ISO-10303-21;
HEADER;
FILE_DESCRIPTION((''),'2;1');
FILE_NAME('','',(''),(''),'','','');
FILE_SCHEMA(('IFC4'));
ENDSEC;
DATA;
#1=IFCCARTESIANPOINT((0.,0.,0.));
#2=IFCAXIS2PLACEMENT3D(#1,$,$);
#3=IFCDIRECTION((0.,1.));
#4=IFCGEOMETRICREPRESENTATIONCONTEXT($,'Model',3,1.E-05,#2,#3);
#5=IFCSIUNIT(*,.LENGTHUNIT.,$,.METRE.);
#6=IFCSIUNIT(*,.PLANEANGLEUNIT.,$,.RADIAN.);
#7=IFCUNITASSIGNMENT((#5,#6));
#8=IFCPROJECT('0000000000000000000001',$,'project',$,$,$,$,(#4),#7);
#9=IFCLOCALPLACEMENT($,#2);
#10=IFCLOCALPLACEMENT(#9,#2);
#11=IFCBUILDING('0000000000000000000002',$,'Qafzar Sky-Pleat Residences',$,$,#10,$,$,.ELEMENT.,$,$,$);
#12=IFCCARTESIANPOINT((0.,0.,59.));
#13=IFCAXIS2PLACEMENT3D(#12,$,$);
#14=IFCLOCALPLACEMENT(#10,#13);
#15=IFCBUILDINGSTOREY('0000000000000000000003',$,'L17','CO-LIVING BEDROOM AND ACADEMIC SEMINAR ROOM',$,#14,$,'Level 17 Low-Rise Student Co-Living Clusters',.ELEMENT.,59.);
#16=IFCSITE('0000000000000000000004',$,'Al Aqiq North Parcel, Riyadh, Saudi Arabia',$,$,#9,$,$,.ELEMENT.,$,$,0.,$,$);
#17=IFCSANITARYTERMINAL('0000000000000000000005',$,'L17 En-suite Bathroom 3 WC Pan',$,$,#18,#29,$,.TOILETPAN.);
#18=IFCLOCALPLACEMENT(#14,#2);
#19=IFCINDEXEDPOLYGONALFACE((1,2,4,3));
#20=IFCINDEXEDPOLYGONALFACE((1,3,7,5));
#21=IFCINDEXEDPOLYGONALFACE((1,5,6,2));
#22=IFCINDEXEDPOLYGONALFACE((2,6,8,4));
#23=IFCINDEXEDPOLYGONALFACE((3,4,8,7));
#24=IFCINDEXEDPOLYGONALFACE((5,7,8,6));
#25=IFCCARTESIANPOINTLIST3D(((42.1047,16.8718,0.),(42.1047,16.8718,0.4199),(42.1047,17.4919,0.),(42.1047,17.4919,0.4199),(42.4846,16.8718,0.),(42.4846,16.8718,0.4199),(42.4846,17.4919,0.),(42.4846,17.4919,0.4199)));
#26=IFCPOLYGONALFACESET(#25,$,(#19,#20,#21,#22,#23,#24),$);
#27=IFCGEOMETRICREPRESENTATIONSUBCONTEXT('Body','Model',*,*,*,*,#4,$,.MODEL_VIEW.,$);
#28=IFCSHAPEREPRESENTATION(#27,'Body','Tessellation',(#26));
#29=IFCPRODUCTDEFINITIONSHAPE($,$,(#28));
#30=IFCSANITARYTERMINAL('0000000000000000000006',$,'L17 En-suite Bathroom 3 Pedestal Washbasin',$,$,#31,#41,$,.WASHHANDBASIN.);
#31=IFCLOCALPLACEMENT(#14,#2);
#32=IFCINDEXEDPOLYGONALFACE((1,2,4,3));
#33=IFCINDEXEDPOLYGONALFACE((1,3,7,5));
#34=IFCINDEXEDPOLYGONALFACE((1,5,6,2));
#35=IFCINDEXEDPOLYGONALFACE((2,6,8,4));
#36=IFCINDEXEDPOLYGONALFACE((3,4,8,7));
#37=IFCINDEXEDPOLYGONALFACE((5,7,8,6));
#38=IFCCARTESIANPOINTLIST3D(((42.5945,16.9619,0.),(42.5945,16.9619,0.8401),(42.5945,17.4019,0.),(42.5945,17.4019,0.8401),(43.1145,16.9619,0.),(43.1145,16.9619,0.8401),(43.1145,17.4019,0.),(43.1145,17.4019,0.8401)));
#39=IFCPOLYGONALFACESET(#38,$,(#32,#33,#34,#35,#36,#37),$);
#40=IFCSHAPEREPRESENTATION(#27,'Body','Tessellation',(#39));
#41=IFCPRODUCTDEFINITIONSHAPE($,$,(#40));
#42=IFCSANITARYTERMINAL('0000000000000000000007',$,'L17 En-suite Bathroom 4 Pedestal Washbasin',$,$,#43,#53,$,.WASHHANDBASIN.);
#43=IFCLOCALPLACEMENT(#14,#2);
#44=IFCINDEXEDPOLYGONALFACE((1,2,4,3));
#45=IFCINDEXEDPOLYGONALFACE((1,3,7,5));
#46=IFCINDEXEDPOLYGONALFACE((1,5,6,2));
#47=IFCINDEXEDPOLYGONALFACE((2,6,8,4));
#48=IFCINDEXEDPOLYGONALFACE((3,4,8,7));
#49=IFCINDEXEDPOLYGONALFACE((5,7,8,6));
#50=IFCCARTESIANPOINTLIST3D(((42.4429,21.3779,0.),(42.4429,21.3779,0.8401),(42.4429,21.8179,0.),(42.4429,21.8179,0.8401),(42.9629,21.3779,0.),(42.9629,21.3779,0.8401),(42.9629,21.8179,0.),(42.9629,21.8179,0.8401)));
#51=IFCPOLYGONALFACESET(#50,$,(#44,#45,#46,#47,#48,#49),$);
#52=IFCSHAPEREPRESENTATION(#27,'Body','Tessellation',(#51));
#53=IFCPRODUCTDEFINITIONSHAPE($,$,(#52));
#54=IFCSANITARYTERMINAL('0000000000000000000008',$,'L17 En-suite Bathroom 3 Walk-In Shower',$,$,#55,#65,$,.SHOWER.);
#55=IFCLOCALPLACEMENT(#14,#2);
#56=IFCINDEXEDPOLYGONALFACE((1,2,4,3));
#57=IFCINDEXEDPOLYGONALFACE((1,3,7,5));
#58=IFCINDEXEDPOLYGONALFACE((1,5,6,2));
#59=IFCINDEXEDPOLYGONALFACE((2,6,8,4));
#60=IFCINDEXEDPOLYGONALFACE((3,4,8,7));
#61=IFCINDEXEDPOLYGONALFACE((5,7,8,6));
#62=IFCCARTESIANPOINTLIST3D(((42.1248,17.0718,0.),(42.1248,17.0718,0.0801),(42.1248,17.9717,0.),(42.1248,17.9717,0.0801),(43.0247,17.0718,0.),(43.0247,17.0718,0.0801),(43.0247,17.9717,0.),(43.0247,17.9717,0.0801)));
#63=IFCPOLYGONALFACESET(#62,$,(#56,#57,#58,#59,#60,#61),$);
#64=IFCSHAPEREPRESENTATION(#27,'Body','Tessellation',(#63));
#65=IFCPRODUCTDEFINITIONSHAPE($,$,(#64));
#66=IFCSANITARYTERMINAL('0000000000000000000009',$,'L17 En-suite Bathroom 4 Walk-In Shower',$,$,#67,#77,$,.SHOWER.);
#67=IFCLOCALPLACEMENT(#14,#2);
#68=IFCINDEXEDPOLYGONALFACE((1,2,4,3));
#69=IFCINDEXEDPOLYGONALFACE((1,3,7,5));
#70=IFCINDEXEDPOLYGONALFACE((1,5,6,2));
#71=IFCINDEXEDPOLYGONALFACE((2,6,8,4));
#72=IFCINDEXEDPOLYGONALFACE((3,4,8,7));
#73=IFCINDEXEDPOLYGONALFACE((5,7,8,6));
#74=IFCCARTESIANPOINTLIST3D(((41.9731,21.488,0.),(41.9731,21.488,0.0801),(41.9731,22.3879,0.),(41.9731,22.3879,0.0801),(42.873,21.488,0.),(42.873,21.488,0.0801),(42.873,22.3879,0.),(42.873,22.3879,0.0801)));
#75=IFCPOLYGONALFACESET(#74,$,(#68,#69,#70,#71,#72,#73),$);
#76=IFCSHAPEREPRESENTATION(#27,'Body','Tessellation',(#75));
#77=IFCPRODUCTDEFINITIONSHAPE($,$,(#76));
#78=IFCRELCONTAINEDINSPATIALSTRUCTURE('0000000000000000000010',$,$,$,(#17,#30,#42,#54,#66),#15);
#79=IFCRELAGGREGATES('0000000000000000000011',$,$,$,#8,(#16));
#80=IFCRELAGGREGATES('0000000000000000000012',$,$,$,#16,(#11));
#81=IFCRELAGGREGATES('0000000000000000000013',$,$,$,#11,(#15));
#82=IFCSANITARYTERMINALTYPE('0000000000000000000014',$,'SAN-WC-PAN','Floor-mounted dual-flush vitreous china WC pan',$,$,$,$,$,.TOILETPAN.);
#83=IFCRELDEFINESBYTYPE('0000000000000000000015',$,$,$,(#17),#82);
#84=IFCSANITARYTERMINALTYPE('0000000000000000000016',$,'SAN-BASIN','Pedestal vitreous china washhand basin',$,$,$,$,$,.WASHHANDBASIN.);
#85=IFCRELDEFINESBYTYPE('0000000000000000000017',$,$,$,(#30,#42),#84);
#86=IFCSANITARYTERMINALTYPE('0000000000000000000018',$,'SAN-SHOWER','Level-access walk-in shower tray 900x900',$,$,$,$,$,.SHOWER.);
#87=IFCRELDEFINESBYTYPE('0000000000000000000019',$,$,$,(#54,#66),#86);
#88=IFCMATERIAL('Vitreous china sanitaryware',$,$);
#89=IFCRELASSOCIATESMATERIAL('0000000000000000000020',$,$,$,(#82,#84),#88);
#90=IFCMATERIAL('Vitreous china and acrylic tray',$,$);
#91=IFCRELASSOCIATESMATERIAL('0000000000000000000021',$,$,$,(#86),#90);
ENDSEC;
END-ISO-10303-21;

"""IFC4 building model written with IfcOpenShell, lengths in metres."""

from ifc_helpers import new_model, si_unit, direction, frame, origin, origin_2d, place, context, subcontext, project, spatial, rectangle, extrude, source, transform, mapped, material, type_object, element, save


model = new_model("IFC4")

# Units and contexts
model_context = context("Model", 3, precision=1e-05, world=origin(), true_north=direction((0.0, 1.0)))
body_context = subcontext(model_context, "Body", "Model", "MODEL_VIEW")
ifc_project = project(units=[si_unit("LENGTHUNIT", "METRE"), si_unit("PLANEANGLEUNIT", "RADIAN")], contexts=[model_context])

# Site, building, storey
site_placement = place(None, origin())
site = spatial("IfcSite", under=ifc_project, at=site_placement, Name="Al Aqiq North Parcel, Riyadh, Saudi Arabia", CompositionType="ELEMENT", RefElevation=0.0)
building_placement = place(site_placement, origin())
building = spatial("IfcBuilding", under=site, at=building_placement, Name="Qafzar Sky-Pleat Residences", CompositionType="ELEMENT")
storey_placement = place(building_placement, frame((0.0, 0.0, 59.0)))
storey = spatial("IfcBuildingStorey", under=building, at=storey_placement, Name="L17", Description="CO-LIVING BEDROOM AND ACADEMIC SEMINAR ROOM", LongName="Level 17 Low-Rise Student Co-Living Clusters", CompositionType="ELEMENT", Elevation=59.0)

# Sanitary terminals
ifc_material_1 = material(Name="Vitreous china sanitaryware")
sanitary_terminal_type_1 = type_object("IfcSanitaryTerminalType", Name="SAN-WC-PAN", Description="Floor-mounted dual-flush vitreous china WC pan", PredefinedType="TOILETPAN", material=ifc_material_1)
shared_shape_1 = source(origin(), body_context, "Body", "SweptSolid", [
    extrude(rectangle(XDim=0.3799, YDim=0.6201, at=origin_2d()), origin(), (0.0, 0.0, 1.0), 0.4199),
])
sanitary_terminal_placement = place(storey_placement, frame((42.2947, 17.1819, 0.0), z_axis=(0.0, 0.0, 1.0), x_axis=(1.0, 0.0, 0.0)))
element("IfcSanitaryTerminal", 1, at=sanitary_terminal_placement, inside=storey, type_object=sanitary_terminal_type_1, Name="L17 En-suite Bathroom 3 WC Pan", PredefinedType="TOILETPAN", context=body_context, shape_type="MappedRepresentation", body=[
    mapped(shared_shape_1, transform((0.0, 0.0, 0.0), x_axis=(1.0, 0.0, 0.0), y_axis=(0.0, 1.0, 0.0), z_axis=(0.0, 0.0, 1.0), scale=1.0)),
])
sanitary_terminal_type_2 = type_object("IfcSanitaryTerminalType", Name="SAN-BASIN", Description="Pedestal vitreous china washhand basin", PredefinedType="WASHHANDBASIN", material=ifc_material_1)
shared_shape_2 = source(origin(), body_context, "Body", "SweptSolid", [
    extrude(rectangle(XDim=0.52, YDim=0.4399, at=origin_2d()), origin(), (0.0, 0.0, 1.0), 0.8401),
])
for number, where, z_axis, x_axis, name in (
    (2, (42.8545, 17.1819, 0.0), (0.0, 0.0, 1.0), (1.0, 0.0, 0.0), "L17 En-suite Bathroom 3 Pedestal Washbasin"),
    (3, (42.7029, 21.5979, 0.0), (0.0, 0.0, 1.0), (1.0, 0.0, 0.0), "L17 En-suite Bathroom 4 Pedestal Washbasin"),
):
    element("IfcSanitaryTerminal", number, at=place(storey_placement, frame(where, z_axis=z_axis, x_axis=x_axis)), inside=storey, type_object=sanitary_terminal_type_2, Name=name, PredefinedType="WASHHANDBASIN", context=body_context, shape_type="MappedRepresentation", body=[
        mapped(shared_shape_2, transform((0.0, 0.0, 0.0), x_axis=(1.0, 0.0, 0.0), y_axis=(0.0, 1.0, 0.0), z_axis=(0.0, 0.0, 1.0), scale=1.0)),
    ])
ifc_material_2 = material(Name="Vitreous china and acrylic tray")
sanitary_terminal_type_3 = type_object("IfcSanitaryTerminalType", Name="SAN-SHOWER", Description="Level-access walk-in shower tray 900x900", PredefinedType="SHOWER", material=ifc_material_2)
shared_shape_3 = source(origin(), body_context, "Body", "SweptSolid", [
    extrude(rectangle(XDim=0.8999, YDim=0.8999, at=origin_2d()), origin(), (0.0, 0.0, 1.0), 0.0801),
])
for number, where, z_axis, x_axis, name in (
    (4, (42.5747, 17.5217, 0.0), (0.0, 0.0, 1.0), (1.0, 0.0, 0.0), "L17 En-suite Bathroom 3 Walk-In Shower"),
    (5, (42.4231, 21.938, 0.0), (0.0, 0.0, 1.0), (1.0, 0.0, 0.0), "L17 En-suite Bathroom 4 Walk-In Shower"),
):
    element("IfcSanitaryTerminal", number, at=place(storey_placement, frame(where, z_axis=z_axis, x_axis=x_axis)), inside=storey, type_object=sanitary_terminal_type_3, Name=name, PredefinedType="SHOWER", context=body_context, shape_type="MappedRepresentation", body=[
        mapped(shared_shape_3, transform((0.0, 0.0, 0.0), x_axis=(1.0, 0.0, 0.0), y_axis=(0.0, 1.0, 0.0), z_axis=(0.0, 0.0, 1.0), scale=1.0)),
    ])

save(model, "model.ifc")
